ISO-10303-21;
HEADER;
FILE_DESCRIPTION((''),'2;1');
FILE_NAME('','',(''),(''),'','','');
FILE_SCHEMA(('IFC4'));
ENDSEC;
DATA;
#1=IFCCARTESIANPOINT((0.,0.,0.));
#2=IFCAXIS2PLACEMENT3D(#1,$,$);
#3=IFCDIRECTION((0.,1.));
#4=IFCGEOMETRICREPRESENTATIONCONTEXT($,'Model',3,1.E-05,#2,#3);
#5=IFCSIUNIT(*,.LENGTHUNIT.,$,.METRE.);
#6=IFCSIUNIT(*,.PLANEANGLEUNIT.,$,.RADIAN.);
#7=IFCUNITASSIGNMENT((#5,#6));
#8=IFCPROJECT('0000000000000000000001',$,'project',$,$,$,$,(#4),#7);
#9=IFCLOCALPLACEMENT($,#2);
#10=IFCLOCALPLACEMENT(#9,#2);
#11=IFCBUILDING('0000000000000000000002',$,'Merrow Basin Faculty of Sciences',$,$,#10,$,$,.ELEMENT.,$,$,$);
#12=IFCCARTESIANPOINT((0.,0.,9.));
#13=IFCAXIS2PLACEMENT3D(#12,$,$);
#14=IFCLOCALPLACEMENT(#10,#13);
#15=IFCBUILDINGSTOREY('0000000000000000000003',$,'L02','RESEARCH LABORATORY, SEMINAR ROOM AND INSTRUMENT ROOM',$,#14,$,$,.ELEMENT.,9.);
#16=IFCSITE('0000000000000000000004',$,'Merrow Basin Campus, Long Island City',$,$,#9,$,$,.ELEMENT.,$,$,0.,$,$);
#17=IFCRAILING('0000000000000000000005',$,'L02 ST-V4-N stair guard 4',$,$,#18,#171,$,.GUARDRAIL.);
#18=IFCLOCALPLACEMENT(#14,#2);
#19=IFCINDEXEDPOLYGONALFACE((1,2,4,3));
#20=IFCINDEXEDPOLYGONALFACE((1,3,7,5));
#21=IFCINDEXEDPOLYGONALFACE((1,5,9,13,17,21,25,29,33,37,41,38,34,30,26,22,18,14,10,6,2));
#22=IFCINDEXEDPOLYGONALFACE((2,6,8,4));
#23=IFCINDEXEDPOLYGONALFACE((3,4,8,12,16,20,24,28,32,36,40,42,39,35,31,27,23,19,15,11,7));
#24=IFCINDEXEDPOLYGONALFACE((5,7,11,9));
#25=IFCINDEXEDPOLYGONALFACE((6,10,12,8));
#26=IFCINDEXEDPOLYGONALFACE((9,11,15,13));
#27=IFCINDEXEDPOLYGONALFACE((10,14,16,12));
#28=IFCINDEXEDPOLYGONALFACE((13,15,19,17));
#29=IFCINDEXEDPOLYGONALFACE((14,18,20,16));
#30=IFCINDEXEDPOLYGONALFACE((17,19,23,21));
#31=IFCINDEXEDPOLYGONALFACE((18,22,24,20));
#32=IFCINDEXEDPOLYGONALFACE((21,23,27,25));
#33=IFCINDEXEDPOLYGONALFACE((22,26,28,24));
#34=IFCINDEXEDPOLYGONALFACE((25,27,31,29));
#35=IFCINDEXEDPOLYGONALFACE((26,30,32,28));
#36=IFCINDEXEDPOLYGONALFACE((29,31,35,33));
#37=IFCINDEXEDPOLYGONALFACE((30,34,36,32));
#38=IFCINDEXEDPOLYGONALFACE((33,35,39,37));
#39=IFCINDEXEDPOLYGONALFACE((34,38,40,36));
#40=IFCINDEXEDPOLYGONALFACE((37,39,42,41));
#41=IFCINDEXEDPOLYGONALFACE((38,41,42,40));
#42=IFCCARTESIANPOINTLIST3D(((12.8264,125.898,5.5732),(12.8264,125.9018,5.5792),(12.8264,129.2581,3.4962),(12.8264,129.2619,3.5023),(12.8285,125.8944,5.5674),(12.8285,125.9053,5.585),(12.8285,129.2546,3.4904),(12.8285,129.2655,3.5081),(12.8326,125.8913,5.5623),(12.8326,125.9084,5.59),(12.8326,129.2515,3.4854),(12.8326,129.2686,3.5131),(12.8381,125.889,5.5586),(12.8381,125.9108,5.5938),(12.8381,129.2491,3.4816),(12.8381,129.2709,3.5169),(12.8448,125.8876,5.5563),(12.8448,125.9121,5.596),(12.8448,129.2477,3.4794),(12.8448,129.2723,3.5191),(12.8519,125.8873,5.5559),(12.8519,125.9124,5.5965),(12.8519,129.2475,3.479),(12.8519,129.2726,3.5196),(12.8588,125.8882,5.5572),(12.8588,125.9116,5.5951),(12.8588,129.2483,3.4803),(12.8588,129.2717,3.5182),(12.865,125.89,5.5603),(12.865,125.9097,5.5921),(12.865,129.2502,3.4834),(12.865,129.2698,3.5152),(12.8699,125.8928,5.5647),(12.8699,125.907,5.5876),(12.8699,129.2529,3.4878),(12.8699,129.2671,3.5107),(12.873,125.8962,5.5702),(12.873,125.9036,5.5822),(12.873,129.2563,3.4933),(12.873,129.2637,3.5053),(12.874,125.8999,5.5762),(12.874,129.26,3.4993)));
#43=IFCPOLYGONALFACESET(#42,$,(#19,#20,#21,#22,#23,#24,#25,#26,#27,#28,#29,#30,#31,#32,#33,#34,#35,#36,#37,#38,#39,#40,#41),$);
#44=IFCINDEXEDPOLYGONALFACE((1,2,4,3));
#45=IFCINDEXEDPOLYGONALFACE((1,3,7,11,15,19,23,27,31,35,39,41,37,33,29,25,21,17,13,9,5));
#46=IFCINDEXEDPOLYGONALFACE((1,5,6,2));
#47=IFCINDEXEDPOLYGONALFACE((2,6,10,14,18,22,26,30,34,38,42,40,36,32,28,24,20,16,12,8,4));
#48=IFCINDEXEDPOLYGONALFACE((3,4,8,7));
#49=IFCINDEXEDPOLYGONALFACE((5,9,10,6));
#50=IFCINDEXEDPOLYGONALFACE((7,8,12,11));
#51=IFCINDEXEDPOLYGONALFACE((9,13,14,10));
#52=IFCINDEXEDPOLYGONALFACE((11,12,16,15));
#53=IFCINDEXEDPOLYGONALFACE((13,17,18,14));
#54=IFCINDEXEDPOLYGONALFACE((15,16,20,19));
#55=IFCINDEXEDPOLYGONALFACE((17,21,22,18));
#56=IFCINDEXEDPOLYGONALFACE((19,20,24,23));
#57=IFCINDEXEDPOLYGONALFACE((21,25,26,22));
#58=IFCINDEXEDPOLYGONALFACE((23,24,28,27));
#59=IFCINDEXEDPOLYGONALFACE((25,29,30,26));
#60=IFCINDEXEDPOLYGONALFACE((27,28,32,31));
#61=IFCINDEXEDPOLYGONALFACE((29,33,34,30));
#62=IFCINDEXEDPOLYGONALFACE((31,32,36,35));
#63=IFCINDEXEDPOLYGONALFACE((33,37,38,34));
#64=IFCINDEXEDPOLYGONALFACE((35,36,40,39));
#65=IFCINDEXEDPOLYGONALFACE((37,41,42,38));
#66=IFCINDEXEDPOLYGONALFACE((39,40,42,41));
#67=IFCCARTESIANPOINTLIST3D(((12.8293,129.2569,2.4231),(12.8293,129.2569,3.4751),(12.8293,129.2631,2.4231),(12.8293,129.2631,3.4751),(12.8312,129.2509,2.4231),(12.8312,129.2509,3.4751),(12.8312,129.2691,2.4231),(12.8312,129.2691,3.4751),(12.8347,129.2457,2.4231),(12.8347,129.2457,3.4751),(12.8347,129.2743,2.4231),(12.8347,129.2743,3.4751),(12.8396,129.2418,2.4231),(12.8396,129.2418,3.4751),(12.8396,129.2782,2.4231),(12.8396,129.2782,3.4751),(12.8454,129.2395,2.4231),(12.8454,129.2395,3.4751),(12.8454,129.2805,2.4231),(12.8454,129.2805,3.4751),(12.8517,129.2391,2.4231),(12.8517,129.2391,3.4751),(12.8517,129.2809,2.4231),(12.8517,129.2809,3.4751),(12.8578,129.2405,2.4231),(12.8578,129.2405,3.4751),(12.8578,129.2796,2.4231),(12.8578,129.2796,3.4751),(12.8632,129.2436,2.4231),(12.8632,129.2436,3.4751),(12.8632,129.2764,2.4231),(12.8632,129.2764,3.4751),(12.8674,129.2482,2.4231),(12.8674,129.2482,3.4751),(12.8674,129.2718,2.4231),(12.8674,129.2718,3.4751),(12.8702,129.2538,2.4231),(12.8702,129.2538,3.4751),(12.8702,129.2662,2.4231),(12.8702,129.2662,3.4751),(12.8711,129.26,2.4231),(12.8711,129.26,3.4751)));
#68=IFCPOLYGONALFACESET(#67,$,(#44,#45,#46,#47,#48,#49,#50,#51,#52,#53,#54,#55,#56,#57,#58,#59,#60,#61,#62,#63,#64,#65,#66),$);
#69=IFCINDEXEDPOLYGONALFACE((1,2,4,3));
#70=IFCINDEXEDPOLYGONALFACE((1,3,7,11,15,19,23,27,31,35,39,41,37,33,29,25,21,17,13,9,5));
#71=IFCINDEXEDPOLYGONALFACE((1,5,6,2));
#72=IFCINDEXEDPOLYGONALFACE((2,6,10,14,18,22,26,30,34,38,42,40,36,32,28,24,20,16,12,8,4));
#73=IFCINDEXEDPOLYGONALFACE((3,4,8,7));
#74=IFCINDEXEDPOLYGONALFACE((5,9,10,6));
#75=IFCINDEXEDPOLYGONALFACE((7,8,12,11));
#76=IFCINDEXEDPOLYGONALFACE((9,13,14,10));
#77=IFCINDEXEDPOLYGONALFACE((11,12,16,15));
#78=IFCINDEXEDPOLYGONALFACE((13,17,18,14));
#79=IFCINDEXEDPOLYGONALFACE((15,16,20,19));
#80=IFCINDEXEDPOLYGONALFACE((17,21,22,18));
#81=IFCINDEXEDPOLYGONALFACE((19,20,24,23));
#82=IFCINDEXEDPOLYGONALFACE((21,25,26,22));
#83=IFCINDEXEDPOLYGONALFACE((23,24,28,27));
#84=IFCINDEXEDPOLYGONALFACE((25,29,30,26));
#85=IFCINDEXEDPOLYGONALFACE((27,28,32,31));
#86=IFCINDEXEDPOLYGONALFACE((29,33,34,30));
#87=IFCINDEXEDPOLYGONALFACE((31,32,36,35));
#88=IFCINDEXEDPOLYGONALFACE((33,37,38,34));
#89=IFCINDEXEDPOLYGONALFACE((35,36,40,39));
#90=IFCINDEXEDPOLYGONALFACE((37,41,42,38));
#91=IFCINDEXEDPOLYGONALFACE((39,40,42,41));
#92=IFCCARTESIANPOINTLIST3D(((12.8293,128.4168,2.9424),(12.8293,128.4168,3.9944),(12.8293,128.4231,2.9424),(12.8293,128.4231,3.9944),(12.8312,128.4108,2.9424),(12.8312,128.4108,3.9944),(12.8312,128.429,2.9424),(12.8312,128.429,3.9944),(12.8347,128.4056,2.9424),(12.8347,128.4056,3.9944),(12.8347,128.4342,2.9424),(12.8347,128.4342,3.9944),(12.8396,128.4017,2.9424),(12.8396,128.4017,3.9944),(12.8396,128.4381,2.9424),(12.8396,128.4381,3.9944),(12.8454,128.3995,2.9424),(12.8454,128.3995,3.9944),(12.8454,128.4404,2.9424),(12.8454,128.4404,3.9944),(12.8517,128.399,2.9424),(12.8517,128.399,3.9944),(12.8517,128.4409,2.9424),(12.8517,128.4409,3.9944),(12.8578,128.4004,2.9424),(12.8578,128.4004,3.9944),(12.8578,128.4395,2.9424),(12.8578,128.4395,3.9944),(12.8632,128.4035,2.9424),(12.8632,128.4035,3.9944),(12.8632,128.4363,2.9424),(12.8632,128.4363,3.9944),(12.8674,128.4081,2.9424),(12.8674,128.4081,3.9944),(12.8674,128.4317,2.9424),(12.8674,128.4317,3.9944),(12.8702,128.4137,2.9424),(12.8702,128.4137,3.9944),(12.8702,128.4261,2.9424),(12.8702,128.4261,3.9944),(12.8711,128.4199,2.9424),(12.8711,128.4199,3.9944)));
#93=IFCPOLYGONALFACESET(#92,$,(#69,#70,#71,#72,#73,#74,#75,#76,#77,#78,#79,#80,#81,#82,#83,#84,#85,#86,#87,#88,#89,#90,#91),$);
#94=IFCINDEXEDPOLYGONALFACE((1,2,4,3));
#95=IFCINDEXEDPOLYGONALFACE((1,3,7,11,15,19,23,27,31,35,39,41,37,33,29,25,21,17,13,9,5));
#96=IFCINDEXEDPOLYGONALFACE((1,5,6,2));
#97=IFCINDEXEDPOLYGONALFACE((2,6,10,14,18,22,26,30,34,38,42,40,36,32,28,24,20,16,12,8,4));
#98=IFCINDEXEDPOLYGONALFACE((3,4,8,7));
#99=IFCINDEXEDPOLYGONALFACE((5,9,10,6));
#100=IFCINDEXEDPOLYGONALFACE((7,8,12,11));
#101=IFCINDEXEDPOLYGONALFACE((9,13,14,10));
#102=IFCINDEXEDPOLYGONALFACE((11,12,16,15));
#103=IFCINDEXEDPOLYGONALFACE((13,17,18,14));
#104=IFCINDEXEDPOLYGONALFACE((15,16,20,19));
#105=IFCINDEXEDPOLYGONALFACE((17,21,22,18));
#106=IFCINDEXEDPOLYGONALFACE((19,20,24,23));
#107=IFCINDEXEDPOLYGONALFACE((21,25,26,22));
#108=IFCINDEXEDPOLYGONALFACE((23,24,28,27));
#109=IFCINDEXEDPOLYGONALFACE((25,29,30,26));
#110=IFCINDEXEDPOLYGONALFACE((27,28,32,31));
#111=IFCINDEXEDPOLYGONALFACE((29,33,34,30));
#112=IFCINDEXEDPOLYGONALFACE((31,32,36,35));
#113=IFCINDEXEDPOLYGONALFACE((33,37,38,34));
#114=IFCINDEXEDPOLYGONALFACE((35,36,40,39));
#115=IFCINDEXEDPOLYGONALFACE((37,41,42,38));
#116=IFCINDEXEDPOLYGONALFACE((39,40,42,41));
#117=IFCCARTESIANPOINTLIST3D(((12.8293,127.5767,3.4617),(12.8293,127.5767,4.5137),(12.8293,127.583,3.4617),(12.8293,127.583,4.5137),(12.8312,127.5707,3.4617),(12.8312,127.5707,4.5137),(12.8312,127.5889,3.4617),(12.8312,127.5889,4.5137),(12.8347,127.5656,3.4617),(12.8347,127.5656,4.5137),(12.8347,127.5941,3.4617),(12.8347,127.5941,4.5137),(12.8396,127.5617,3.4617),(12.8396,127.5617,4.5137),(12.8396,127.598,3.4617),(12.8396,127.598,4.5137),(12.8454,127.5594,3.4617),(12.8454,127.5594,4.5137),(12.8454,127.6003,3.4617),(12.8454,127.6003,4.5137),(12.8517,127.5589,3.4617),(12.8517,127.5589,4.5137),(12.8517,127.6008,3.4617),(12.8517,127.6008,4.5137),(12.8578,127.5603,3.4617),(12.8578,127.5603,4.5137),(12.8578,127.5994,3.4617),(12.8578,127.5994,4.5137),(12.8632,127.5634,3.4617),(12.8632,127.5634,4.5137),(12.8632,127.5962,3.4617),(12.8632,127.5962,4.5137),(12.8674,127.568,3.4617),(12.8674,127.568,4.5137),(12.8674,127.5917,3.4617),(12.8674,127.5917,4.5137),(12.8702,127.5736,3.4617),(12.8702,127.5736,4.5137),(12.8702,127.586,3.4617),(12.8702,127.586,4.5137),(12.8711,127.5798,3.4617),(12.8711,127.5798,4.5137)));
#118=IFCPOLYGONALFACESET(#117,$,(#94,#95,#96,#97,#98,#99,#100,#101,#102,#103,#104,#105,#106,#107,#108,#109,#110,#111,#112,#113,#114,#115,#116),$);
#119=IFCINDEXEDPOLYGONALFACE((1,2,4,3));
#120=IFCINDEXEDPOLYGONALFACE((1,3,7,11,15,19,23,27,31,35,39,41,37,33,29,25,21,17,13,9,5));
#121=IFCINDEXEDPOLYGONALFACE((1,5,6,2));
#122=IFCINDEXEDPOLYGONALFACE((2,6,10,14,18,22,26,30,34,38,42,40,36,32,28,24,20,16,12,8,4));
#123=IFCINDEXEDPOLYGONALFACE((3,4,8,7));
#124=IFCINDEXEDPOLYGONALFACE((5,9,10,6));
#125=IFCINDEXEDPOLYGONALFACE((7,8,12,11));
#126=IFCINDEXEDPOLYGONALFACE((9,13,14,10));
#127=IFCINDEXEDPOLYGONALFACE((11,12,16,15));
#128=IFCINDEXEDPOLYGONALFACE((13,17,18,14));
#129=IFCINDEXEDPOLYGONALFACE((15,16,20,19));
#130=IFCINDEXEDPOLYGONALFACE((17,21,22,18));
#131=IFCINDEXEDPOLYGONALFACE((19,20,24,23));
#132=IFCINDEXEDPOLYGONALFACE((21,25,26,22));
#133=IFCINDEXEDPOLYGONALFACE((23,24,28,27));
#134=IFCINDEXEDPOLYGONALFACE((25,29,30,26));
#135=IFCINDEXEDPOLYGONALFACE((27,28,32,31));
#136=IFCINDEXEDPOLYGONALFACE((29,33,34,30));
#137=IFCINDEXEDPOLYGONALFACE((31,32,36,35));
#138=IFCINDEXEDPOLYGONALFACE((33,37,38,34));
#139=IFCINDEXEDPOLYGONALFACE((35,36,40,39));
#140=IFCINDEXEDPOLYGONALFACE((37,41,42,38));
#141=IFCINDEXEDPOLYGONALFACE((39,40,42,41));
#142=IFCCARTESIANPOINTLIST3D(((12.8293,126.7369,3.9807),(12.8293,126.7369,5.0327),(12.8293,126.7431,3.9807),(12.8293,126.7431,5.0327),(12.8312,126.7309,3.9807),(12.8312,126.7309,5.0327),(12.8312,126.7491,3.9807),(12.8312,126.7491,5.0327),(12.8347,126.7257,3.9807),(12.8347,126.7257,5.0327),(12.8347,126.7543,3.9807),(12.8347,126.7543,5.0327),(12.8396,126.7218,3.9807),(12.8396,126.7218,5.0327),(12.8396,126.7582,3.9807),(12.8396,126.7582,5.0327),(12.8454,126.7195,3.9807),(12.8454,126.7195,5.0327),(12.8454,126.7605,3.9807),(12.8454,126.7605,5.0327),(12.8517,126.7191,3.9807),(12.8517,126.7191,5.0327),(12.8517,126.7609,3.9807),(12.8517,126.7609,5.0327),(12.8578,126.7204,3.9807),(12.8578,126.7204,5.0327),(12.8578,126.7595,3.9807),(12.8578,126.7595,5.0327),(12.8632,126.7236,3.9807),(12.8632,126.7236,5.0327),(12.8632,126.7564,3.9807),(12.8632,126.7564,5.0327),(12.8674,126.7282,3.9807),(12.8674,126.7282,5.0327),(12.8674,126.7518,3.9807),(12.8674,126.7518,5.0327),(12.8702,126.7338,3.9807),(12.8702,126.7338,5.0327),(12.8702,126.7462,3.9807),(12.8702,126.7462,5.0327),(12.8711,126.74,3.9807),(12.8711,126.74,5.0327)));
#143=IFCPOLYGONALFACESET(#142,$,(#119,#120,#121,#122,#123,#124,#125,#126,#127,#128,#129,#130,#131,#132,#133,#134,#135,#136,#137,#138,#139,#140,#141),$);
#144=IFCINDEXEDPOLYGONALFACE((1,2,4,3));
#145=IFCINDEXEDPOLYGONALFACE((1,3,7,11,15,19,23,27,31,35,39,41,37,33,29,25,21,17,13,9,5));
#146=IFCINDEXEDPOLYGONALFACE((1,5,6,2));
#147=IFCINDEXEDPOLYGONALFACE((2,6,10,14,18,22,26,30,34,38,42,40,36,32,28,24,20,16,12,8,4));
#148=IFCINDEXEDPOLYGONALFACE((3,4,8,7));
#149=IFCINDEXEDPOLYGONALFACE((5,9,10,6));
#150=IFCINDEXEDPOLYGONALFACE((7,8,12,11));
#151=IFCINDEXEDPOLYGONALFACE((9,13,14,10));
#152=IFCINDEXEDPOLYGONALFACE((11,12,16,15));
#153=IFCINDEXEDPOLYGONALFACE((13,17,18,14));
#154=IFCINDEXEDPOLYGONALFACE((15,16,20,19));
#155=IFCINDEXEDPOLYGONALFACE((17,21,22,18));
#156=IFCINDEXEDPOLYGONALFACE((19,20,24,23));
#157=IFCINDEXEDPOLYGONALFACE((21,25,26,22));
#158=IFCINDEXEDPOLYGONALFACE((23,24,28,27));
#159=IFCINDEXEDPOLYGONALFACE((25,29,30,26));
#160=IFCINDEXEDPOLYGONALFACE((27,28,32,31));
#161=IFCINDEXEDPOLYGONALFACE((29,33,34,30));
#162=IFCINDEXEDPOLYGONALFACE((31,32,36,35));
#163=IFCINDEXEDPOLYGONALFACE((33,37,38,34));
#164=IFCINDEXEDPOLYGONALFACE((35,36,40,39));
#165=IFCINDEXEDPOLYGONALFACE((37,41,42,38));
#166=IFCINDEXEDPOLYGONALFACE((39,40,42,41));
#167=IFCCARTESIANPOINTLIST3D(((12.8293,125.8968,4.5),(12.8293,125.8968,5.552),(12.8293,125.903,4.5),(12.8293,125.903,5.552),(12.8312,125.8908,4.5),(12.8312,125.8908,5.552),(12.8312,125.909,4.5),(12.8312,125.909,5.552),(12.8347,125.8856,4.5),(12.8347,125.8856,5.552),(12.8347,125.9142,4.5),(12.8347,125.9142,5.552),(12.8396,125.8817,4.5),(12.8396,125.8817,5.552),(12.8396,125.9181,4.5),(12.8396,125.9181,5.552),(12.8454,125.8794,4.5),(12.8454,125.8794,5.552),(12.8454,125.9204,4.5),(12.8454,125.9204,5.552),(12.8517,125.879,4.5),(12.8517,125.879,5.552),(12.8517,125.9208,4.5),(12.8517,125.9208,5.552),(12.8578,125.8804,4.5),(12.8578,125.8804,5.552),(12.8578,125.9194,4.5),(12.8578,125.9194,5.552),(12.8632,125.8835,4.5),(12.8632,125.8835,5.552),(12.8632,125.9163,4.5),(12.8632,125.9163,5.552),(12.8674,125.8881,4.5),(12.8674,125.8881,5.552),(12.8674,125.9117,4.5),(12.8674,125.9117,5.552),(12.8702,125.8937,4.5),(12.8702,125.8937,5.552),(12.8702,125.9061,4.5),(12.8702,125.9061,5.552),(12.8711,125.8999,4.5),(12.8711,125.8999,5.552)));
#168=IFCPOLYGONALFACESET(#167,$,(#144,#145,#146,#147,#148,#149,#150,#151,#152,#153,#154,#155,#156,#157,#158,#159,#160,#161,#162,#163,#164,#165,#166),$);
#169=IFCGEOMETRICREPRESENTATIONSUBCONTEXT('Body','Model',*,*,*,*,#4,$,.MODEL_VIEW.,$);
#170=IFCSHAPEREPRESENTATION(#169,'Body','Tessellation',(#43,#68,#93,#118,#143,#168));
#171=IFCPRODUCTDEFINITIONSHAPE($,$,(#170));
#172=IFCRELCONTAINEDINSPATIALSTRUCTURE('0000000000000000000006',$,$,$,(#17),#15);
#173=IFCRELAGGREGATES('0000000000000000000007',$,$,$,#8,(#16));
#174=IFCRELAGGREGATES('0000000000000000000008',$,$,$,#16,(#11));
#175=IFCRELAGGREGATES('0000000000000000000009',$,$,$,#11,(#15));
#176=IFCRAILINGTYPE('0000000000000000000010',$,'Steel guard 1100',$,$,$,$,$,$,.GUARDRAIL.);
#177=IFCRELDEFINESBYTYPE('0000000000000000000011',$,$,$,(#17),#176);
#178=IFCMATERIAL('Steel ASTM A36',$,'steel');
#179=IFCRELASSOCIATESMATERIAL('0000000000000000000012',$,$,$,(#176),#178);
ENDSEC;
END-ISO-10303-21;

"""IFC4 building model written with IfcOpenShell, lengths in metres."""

from ifc_helpers import new_model, si_unit, direction, frame, origin, origin_2d, place, context, subcontext, project, spatial, circle, extrude, material, type_object, element, save


model = new_model("IFC4")

# Units and contexts
model_context = context("Model", 3, precision=1e-05, world=origin(), true_north=direction((0.0, 1.0)))
body_context = subcontext(model_context, "Body", "Model", "MODEL_VIEW")
ifc_project = project(units=[si_unit("LENGTHUNIT", "METRE"), si_unit("PLANEANGLEUNIT", "RADIAN")], contexts=[model_context])

# Site, building, storey
site_placement = place(None, origin())
site = spatial("IfcSite", under=ifc_project, at=site_placement, Name="Merrow Basin Campus, Long Island City", CompositionType="ELEMENT", RefElevation=0.0)
building_placement = place(site_placement, origin())
building = spatial("IfcBuilding", under=site, at=building_placement, Name="Merrow Basin Faculty of Sciences", CompositionType="ELEMENT")
storey_placement = place(building_placement, frame((0.0, 0.0, 9.0)))
storey = spatial("IfcBuildingStorey", under=building, at=storey_placement, Name="L02", Description="RESEARCH LABORATORY, SEMINAR ROOM AND INSTRUMENT ROOM", CompositionType="ELEMENT", Elevation=9.0)

# Railing
ifc_material_1 = material(Name="Steel ASTM A36", Category="steel")
railing_type_1 = type_object("IfcRailingType", Name="Steel guard 1100", PredefinedType="GUARDRAIL", material=ifc_material_1)
railing_1_placement = place(storey_placement, frame((12.8501, 129.26, 2.4231)))
element("IfcRailing", 1, at=railing_1_placement, inside=storey, type_object=railing_type_1, Name="L02 ST-V4-N stair guard 4", PredefinedType="GUARDRAIL", context=body_context, shape_type="SweptSolid", body=[
    extrude(circle(Radius=0.0239, at=origin_2d()), frame((0.0, 0.0, 1.0762), z_axis=(0.0, -0.850623, 0.525776), x_axis=(1.0, 0.0, 0.0)), (0.0, 0.0, 1.0), 3.9502),
    extrude(circle(Radius=0.021, at=origin_2d()), origin(), (0.0, 0.0, 1.0), 1.052),
    extrude(circle(Radius=0.021, at=origin_2d()), frame((0.0, -0.8401, 0.5193)), (0.0, 0.0, 1.0), 1.052),
    extrude(circle(Radius=0.021, at=origin_2d()), frame((0.0, -1.6802, 1.0386)), (0.0, 0.0, 1.0), 1.052),
    extrude(circle(Radius=0.021, at=origin_2d()), frame((0.0, -2.52, 1.5576)), (0.0, 0.0, 1.0), 1.052),
    extrude(circle(Radius=0.021, at=origin_2d()), frame((0.0, -3.3601, 2.0769)), (0.0, 0.0, 1.0), 1.052),
])

save(model, "model.ifc")
